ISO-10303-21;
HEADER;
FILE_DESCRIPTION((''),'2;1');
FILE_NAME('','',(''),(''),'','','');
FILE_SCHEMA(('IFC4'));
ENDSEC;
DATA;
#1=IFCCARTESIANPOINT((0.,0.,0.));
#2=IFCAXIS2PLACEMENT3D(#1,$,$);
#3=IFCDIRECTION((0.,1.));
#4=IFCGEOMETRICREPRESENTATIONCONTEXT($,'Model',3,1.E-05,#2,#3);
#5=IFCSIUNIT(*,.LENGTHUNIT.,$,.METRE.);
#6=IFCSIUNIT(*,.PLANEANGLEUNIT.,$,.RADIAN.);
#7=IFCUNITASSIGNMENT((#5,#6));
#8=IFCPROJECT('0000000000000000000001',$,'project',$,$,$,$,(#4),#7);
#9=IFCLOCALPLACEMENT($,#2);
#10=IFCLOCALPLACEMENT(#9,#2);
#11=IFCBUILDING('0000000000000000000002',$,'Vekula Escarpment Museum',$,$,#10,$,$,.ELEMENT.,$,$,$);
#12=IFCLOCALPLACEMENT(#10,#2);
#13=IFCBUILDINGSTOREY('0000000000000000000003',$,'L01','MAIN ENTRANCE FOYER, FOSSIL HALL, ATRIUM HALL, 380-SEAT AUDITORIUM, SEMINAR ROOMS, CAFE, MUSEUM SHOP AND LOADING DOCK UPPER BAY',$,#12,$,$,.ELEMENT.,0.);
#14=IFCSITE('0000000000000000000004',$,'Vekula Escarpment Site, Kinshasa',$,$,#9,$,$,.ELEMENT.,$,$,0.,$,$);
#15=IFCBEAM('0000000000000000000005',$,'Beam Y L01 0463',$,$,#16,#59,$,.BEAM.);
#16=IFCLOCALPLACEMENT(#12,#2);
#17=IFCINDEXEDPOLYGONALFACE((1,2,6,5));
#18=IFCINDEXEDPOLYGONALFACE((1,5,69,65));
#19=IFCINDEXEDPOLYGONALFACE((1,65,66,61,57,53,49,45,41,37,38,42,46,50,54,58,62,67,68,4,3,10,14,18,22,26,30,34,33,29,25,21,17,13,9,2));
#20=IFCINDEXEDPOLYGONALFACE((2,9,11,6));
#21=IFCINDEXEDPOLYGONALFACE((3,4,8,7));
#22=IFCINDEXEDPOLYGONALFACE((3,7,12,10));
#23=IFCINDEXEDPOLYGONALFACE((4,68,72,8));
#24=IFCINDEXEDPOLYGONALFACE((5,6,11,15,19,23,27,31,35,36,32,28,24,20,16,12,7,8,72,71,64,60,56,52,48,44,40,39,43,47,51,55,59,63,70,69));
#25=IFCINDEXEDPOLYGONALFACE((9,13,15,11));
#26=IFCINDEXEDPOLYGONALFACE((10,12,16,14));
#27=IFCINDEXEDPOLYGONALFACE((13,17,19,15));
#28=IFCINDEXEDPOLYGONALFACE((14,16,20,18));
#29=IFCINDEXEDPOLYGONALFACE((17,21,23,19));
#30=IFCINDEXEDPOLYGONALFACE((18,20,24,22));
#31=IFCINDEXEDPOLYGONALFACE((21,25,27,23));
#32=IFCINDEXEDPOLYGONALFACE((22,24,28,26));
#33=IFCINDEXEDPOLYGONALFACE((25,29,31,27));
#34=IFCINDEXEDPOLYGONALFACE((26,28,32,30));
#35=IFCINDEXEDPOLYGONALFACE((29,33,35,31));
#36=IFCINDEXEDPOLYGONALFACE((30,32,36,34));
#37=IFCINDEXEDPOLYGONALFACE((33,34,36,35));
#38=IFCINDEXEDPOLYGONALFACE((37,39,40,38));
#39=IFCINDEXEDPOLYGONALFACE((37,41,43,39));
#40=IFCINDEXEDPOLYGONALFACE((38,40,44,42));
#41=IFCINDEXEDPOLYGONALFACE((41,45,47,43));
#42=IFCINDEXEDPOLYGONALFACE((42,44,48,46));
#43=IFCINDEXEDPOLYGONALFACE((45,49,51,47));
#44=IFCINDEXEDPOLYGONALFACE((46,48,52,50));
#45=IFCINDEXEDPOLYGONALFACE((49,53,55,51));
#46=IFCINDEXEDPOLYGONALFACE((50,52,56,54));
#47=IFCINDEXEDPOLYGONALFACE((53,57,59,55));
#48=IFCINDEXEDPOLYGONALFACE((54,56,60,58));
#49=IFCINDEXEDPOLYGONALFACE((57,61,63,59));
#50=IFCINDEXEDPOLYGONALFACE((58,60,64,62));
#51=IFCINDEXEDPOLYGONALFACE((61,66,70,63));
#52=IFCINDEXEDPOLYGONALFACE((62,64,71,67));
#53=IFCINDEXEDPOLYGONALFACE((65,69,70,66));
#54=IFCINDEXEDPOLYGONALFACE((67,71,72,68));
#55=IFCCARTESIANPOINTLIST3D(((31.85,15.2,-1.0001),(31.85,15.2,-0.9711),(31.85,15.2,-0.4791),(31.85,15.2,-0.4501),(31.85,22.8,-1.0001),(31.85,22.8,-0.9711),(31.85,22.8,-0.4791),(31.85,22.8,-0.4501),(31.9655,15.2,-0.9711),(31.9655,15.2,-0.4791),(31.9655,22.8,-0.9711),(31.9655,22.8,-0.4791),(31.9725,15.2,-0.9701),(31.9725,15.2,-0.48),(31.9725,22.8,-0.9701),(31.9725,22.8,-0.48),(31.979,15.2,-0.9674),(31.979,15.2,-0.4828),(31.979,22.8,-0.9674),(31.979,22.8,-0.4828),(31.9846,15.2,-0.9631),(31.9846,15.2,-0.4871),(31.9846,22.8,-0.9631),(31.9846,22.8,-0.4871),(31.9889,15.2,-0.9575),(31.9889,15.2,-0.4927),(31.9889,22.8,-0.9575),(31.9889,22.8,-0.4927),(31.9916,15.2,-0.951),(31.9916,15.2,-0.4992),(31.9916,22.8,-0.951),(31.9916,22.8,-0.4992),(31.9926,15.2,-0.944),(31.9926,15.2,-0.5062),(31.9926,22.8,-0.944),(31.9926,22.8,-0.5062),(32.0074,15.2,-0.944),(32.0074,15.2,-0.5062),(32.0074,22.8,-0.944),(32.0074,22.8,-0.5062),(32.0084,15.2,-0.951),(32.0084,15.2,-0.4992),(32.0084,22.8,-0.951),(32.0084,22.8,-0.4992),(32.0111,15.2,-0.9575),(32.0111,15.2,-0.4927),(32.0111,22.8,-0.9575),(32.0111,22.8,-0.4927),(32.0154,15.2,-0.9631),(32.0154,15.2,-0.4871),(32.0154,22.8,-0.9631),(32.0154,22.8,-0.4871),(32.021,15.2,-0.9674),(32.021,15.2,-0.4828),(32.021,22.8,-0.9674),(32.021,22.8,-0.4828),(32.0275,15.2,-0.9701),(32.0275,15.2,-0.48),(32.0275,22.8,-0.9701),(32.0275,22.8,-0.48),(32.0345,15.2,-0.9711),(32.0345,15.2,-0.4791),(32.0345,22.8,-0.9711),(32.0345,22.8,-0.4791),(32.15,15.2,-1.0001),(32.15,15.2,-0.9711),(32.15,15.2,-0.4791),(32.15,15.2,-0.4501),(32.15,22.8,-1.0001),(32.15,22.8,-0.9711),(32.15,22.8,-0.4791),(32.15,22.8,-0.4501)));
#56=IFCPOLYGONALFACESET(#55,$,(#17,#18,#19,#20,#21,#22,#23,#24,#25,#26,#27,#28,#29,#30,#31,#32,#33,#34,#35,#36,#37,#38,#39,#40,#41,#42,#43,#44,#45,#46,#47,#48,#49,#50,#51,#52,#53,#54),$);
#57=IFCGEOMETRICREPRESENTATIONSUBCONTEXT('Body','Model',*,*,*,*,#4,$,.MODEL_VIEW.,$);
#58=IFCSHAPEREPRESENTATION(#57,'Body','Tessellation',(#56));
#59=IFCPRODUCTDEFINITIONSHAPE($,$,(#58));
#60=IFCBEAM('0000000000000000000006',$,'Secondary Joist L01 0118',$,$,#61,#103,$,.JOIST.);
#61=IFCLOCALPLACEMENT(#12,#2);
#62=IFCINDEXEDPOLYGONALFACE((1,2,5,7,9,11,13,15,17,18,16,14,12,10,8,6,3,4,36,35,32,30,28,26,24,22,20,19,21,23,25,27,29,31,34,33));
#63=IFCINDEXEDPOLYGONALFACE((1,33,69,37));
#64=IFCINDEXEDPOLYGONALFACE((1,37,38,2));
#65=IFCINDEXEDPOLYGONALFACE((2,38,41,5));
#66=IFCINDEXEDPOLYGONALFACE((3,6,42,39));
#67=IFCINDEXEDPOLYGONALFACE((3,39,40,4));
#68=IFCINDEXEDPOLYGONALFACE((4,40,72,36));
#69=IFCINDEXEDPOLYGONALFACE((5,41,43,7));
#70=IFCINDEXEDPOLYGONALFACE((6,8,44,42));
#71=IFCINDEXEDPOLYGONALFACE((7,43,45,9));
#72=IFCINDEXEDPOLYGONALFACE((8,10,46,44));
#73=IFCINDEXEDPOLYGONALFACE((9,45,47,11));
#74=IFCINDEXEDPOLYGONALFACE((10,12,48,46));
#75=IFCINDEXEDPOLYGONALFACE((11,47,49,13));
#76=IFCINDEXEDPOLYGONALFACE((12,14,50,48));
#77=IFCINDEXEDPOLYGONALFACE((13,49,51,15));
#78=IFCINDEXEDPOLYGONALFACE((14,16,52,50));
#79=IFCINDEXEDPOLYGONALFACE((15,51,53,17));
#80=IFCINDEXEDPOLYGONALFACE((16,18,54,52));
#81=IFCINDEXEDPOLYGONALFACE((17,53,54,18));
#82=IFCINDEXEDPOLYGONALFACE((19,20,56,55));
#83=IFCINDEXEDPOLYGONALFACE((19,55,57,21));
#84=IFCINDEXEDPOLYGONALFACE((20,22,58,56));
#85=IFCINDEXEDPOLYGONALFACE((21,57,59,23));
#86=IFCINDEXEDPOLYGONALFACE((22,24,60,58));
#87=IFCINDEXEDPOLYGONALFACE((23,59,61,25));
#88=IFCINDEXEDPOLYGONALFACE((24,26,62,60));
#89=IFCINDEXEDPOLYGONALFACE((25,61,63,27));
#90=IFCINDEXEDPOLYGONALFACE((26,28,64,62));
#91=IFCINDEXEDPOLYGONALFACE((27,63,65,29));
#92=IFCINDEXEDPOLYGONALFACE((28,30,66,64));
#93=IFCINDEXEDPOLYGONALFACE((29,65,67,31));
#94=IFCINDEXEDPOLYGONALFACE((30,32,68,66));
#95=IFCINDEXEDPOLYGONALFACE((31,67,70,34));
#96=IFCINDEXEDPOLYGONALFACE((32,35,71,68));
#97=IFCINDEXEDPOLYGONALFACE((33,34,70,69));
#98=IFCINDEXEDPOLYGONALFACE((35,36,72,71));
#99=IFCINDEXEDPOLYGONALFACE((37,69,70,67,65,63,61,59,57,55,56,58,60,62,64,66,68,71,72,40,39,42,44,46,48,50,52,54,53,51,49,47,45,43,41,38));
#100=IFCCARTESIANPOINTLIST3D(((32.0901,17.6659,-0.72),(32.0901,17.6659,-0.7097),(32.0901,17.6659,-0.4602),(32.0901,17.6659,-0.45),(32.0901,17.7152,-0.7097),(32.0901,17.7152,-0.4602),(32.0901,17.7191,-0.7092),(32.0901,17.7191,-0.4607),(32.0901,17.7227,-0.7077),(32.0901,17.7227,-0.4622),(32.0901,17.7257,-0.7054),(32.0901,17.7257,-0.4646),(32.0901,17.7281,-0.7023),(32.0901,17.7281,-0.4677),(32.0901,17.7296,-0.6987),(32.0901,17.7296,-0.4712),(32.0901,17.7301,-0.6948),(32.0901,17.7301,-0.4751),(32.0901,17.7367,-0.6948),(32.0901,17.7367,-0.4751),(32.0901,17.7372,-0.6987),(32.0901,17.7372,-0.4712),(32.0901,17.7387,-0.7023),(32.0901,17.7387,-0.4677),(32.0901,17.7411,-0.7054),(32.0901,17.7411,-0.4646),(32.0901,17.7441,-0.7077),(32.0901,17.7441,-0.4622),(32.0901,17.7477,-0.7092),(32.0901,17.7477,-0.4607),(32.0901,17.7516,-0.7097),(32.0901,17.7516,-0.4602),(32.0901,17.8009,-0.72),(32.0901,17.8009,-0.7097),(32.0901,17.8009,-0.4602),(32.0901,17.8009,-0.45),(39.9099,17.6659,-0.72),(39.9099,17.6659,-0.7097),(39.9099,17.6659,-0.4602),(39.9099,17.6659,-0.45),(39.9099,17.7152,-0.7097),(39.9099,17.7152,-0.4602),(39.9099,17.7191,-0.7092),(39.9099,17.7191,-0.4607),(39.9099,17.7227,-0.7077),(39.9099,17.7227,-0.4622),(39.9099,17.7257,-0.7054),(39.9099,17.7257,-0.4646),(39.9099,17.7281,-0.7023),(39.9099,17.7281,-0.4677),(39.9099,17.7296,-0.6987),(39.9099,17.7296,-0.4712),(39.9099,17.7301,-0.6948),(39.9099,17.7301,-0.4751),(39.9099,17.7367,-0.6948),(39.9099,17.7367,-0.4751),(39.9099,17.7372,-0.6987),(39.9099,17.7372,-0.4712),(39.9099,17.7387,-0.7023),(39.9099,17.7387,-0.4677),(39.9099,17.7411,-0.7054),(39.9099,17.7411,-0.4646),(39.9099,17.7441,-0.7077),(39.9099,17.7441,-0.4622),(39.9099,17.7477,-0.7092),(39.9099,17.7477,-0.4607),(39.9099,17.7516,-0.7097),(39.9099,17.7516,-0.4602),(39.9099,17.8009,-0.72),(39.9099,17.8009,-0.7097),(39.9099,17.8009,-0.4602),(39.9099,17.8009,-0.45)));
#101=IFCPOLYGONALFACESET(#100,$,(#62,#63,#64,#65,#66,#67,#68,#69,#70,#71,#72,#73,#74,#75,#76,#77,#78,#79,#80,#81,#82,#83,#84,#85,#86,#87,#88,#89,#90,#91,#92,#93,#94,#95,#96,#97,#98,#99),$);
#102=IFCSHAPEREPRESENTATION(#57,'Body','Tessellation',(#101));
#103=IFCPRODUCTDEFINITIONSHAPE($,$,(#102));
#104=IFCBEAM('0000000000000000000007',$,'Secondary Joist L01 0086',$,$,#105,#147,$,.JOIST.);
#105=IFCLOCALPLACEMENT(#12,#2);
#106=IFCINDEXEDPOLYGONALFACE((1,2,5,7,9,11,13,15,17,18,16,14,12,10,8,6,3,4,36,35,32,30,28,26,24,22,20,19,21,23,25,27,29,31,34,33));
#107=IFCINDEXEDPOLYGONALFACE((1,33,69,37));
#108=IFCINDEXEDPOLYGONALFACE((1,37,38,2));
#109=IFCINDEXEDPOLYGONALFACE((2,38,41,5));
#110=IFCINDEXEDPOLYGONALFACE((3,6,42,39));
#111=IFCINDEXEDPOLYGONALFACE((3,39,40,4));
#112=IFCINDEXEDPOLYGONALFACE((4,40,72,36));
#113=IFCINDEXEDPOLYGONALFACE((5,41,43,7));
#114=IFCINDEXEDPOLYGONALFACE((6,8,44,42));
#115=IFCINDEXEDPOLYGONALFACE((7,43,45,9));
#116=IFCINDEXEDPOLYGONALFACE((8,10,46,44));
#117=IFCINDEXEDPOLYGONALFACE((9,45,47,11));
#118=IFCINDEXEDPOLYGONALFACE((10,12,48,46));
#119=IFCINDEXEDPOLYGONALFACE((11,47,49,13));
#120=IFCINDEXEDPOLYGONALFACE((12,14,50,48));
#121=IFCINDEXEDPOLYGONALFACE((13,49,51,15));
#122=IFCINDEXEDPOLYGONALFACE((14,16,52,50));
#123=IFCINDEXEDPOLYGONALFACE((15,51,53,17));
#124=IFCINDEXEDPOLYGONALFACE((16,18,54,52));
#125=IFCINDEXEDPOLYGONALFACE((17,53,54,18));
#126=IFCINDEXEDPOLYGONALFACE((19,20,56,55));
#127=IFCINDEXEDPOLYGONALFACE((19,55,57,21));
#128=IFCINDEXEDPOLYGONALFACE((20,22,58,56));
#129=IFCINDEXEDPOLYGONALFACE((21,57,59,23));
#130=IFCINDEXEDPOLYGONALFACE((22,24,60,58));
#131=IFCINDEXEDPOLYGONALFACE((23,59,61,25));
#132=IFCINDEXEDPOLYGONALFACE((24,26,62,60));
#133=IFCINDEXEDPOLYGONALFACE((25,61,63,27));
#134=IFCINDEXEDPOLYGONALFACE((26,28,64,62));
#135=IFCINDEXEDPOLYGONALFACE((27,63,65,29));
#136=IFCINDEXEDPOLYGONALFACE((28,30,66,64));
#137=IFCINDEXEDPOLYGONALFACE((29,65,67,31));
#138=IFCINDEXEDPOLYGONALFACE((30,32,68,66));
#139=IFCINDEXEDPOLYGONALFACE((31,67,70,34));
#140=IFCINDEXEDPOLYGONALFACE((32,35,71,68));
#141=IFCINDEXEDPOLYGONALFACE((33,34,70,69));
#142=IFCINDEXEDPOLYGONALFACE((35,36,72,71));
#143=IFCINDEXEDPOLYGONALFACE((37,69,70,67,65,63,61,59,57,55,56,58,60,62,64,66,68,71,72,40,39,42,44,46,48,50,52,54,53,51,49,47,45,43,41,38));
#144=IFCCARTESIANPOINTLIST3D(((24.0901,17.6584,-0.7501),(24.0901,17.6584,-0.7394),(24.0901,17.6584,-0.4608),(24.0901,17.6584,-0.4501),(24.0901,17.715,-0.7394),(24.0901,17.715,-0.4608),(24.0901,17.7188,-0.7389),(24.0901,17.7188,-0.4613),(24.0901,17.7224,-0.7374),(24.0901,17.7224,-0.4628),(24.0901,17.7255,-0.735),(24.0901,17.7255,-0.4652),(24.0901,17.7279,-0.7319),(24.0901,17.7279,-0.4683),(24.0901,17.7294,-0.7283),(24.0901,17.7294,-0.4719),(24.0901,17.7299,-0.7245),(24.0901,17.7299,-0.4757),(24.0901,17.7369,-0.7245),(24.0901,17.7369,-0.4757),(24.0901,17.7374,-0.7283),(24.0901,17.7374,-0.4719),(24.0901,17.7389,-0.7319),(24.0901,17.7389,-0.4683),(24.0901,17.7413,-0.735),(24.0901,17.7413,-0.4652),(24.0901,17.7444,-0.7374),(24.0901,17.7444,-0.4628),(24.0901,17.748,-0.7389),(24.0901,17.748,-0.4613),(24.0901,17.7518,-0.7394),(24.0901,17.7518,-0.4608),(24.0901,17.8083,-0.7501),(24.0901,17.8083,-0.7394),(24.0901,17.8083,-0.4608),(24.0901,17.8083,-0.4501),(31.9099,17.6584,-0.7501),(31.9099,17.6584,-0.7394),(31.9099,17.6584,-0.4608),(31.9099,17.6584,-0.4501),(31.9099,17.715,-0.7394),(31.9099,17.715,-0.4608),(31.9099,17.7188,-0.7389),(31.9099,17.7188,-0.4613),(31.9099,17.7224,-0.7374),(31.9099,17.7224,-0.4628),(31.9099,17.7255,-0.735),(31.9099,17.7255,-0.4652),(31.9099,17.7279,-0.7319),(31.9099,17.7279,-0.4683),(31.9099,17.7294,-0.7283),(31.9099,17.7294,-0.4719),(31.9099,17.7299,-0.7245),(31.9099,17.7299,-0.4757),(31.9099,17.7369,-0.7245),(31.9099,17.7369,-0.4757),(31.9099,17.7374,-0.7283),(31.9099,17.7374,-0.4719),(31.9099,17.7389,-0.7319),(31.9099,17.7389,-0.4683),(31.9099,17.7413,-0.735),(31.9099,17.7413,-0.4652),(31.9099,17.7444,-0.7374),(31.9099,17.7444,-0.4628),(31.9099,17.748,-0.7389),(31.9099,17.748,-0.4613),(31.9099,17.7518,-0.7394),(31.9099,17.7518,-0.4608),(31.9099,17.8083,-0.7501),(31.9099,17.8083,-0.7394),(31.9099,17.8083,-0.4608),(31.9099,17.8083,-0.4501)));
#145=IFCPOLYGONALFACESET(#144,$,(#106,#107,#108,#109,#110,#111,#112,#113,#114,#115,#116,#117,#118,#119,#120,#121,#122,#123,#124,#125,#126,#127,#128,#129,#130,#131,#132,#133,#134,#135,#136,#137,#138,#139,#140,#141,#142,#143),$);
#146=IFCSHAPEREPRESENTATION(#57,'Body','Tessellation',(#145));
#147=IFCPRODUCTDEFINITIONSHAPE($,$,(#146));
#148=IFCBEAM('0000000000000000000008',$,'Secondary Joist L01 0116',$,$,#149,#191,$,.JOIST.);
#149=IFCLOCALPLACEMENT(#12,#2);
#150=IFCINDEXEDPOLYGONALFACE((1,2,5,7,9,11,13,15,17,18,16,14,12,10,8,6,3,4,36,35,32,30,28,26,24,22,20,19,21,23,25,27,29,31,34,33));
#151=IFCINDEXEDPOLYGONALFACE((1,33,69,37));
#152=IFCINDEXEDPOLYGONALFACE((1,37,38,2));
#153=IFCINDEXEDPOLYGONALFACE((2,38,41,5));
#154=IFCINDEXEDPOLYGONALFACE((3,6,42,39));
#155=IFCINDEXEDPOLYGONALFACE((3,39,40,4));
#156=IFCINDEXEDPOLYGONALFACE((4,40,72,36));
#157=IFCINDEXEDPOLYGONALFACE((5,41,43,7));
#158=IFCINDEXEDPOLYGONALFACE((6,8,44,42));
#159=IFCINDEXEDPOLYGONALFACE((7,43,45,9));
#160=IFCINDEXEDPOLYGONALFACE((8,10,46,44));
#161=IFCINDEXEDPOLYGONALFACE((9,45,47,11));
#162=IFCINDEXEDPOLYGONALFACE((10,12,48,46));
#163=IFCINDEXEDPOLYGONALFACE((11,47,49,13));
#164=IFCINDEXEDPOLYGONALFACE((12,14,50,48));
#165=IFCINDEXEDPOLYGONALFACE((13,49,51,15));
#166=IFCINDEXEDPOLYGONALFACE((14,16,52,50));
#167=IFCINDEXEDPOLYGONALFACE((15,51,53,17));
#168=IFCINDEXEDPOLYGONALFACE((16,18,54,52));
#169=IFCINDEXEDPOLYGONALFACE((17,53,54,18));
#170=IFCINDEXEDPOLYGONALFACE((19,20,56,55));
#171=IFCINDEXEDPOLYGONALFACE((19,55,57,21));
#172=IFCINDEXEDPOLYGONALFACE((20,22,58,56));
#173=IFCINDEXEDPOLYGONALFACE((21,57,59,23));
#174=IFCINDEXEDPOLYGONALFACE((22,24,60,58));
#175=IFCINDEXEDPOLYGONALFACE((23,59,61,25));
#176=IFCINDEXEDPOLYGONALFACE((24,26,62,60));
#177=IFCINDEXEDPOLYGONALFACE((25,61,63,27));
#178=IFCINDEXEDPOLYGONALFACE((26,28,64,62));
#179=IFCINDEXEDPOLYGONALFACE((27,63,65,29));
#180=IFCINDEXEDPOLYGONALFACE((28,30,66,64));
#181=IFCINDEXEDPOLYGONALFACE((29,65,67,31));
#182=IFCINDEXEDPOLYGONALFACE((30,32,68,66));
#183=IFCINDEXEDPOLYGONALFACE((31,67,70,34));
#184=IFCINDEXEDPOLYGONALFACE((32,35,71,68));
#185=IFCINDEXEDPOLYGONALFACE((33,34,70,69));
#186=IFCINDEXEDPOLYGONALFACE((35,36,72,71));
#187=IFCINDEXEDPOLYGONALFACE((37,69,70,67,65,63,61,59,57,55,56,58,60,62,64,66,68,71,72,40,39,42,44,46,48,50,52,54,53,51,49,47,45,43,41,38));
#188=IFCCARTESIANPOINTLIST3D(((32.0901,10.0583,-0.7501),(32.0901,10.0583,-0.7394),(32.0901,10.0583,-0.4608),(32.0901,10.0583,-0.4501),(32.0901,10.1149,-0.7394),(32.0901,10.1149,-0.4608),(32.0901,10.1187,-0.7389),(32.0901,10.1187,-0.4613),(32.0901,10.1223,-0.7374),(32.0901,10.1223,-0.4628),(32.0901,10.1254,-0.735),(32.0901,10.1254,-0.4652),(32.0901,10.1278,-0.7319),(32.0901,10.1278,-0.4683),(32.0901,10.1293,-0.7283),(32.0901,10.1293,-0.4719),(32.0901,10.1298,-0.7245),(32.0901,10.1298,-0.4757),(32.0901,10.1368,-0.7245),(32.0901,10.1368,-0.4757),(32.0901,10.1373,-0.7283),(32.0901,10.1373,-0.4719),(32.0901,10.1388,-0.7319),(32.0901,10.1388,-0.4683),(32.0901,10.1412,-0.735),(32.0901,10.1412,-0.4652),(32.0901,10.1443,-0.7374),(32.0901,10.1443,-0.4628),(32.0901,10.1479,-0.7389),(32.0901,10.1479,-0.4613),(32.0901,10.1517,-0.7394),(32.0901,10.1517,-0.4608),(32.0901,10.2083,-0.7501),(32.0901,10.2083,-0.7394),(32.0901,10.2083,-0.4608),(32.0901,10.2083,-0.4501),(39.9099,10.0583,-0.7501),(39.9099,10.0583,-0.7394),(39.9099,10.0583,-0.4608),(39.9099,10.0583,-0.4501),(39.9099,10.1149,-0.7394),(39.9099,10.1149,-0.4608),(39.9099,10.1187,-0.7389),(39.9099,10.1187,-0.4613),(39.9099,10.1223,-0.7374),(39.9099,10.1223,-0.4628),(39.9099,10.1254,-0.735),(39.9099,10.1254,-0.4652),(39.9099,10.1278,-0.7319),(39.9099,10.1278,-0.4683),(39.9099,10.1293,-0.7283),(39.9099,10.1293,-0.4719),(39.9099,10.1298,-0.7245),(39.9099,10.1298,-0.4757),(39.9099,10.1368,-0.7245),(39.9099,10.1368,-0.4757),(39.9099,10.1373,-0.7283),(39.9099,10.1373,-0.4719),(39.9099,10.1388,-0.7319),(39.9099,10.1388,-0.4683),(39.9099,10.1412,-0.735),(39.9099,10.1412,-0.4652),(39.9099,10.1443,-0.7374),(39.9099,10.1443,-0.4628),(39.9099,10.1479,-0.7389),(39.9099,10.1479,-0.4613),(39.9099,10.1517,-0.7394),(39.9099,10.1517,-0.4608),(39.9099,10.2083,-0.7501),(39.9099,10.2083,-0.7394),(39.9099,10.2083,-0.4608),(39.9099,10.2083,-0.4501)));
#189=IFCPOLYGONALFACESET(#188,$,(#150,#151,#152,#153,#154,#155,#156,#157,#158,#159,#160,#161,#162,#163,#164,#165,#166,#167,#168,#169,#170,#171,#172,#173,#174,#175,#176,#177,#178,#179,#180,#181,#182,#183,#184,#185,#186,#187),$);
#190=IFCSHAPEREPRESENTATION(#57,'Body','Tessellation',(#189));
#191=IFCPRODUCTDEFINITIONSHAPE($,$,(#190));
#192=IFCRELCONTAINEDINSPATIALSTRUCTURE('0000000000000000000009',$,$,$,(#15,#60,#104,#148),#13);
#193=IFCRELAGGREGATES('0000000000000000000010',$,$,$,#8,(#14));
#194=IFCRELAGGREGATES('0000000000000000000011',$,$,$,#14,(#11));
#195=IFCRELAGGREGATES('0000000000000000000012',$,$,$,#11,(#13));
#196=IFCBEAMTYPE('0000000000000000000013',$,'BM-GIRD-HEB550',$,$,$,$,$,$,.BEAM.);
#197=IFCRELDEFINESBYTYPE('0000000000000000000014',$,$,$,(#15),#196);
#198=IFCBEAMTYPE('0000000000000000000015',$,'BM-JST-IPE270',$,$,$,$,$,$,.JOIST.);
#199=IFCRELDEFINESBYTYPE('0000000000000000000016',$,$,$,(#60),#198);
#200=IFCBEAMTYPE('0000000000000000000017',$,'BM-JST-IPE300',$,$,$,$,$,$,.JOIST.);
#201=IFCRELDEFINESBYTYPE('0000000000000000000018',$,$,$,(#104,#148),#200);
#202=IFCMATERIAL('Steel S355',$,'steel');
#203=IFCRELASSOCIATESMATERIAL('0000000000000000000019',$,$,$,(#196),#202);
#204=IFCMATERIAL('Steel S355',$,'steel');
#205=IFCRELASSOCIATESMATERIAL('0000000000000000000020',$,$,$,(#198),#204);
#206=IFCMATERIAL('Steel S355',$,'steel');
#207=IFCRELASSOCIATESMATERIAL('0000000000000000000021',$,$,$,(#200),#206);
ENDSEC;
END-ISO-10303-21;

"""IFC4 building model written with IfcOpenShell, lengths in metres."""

from ifc_helpers import new_model, si_unit, direction, frame, origin, origin_2d, place, context, subcontext, project, spatial, i_section, extrude, material, material_profile, profile_set, type_object, element, save


model = new_model("IFC4")

# Units and contexts
model_context = context("Model", 3, precision=1e-05, world=origin(), true_north=direction((0.0, 1.0)))
body_context = subcontext(model_context, "Body", "Model", "MODEL_VIEW")
ifc_project = project(units=[si_unit("LENGTHUNIT", "METRE"), si_unit("PLANEANGLEUNIT", "RADIAN")], contexts=[model_context])

# Site, building, storey
site_placement = place(None, origin())
site = spatial("IfcSite", under=ifc_project, at=site_placement, Name="Vekula Escarpment Site, Kinshasa", CompositionType="ELEMENT", RefElevation=0.0)
building_placement = place(site_placement, origin())
building = spatial("IfcBuilding", under=site, at=building_placement, Name="Vekula Escarpment Museum", CompositionType="ELEMENT")
storey_placement = place(building_placement, origin())
storey = spatial("IfcBuildingStorey", under=building, at=storey_placement, Name="L01", Description="MAIN ENTRANCE FOYER, FOSSIL HALL, ATRIUM HALL, 380-SEAT AUDITORIUM, SEMINAR ROOMS, CAFE, MUSEUM SHOP AND LOADING DOCK UPPER BAY", CompositionType="ELEMENT", Elevation=0.0)

# Beams
ifc_material_1 = material(Name="Steel S355", Category="steel")
ifc_material_profile_1 = material_profile(ifc_material_1, i_section(OverallWidth=0.3, OverallDepth=0.55, WebThickness=0.0149, FlangeThickness=0.0291, FilletRadius=0.0271, at=origin_2d()), Name="HEB 550")
ifc_profile_set_1 = profile_set([ifc_material_profile_1], Name="Steel S355")
beam_type_1 = type_object("IfcBeamType", Name="BM-GIRD-HEB550", PredefinedType="BEAM", material=ifc_profile_set_1)
beam_1_placement = place(storey_placement, frame((32.0, 15.2, -0.7251), z_axis=(0.0, 1.0, 0.0), x_axis=(-1.0, 0.0, 0.0)))
element("IfcBeam", 1, at=beam_1_placement, inside=storey, type_object=beam_type_1, Name="Beam Y L01 0463", PredefinedType="BEAM", context=body_context, shape_type="SweptSolid", body=[
    extrude(i_section(OverallWidth=0.3, OverallDepth=0.55, WebThickness=0.0149, FlangeThickness=0.0291, FilletRadius=0.0271, at=origin_2d()), origin(), (0.0, 0.0, 1.0), 7.6001),
])
ifc_material_2 = material(Name="Steel S355", Category="steel")
ifc_material_profile_2 = material_profile(ifc_material_2, i_section(OverallWidth=0.135, OverallDepth=0.27, WebThickness=0.0066, FlangeThickness=0.0103, FilletRadius=0.0149, at=origin_2d()), Name="IPE 270")
ifc_profile_set_2 = profile_set([ifc_material_profile_2], Name="Steel S355")
beam_type_2 = type_object("IfcBeamType", Name="BM-JST-IPE270", PredefinedType="JOIST", material=ifc_profile_set_2)
beam_2_placement = place(storey_placement, frame((32.0901, 17.7334, -0.585), z_axis=(1.0, 0.0, 0.0), x_axis=(0.0, 1.0, 0.0)))
element("IfcBeam", 2, at=beam_2_placement, inside=storey, type_object=beam_type_2, Name="Secondary Joist L01 0118", PredefinedType="JOIST", context=body_context, shape_type="SweptSolid", body=[
    extrude(i_section(OverallWidth=0.135, OverallDepth=0.27, WebThickness=0.0066, FlangeThickness=0.0103, FilletRadius=0.0149, at=origin_2d()), origin(), (0.0, 0.0, 1.0), 7.8198),
])
ifc_material_3 = material(Name="Steel S355", Category="steel")
ifc_material_profile_3 = material_profile(ifc_material_3, i_section(OverallWidth=0.1499, OverallDepth=0.3, WebThickness=0.0071, FlangeThickness=0.0107, FilletRadius=0.0149, at=origin_2d()), Name="IPE 300")
ifc_profile_set_3 = profile_set([ifc_material_profile_3], Name="Steel S355")
beam_type_3 = type_object("IfcBeamType", Name="BM-JST-IPE300", PredefinedType="JOIST", material=ifc_profile_set_3)
for number, where, z_axis, x_axis, name in (
    (3, (24.0901, 17.7334, -0.6001), (1.0, 0.0, 0.0), (0.0, 1.0, 0.0), "Secondary Joist L01 0086"),
    (4, (32.0901, 10.1333, -0.6001), (1.0, 0.0, 0.0), (0.0, 1.0, 0.0), "Secondary Joist L01 0116"),
):
    element("IfcBeam", number, at=place(storey_placement, frame(where, z_axis=z_axis, x_axis=x_axis)), inside=storey, type_object=beam_type_3, Name=name, PredefinedType="JOIST", context=body_context, shape_type="SweptSolid", body=[
        extrude(i_section(OverallWidth=0.1499, OverallDepth=0.3, WebThickness=0.0071, FlangeThickness=0.0107, FilletRadius=0.0149, at=origin_2d()), origin(), (0.0, 0.0, 1.0), 7.8198),
    ])

save(model, "model.ifc")
